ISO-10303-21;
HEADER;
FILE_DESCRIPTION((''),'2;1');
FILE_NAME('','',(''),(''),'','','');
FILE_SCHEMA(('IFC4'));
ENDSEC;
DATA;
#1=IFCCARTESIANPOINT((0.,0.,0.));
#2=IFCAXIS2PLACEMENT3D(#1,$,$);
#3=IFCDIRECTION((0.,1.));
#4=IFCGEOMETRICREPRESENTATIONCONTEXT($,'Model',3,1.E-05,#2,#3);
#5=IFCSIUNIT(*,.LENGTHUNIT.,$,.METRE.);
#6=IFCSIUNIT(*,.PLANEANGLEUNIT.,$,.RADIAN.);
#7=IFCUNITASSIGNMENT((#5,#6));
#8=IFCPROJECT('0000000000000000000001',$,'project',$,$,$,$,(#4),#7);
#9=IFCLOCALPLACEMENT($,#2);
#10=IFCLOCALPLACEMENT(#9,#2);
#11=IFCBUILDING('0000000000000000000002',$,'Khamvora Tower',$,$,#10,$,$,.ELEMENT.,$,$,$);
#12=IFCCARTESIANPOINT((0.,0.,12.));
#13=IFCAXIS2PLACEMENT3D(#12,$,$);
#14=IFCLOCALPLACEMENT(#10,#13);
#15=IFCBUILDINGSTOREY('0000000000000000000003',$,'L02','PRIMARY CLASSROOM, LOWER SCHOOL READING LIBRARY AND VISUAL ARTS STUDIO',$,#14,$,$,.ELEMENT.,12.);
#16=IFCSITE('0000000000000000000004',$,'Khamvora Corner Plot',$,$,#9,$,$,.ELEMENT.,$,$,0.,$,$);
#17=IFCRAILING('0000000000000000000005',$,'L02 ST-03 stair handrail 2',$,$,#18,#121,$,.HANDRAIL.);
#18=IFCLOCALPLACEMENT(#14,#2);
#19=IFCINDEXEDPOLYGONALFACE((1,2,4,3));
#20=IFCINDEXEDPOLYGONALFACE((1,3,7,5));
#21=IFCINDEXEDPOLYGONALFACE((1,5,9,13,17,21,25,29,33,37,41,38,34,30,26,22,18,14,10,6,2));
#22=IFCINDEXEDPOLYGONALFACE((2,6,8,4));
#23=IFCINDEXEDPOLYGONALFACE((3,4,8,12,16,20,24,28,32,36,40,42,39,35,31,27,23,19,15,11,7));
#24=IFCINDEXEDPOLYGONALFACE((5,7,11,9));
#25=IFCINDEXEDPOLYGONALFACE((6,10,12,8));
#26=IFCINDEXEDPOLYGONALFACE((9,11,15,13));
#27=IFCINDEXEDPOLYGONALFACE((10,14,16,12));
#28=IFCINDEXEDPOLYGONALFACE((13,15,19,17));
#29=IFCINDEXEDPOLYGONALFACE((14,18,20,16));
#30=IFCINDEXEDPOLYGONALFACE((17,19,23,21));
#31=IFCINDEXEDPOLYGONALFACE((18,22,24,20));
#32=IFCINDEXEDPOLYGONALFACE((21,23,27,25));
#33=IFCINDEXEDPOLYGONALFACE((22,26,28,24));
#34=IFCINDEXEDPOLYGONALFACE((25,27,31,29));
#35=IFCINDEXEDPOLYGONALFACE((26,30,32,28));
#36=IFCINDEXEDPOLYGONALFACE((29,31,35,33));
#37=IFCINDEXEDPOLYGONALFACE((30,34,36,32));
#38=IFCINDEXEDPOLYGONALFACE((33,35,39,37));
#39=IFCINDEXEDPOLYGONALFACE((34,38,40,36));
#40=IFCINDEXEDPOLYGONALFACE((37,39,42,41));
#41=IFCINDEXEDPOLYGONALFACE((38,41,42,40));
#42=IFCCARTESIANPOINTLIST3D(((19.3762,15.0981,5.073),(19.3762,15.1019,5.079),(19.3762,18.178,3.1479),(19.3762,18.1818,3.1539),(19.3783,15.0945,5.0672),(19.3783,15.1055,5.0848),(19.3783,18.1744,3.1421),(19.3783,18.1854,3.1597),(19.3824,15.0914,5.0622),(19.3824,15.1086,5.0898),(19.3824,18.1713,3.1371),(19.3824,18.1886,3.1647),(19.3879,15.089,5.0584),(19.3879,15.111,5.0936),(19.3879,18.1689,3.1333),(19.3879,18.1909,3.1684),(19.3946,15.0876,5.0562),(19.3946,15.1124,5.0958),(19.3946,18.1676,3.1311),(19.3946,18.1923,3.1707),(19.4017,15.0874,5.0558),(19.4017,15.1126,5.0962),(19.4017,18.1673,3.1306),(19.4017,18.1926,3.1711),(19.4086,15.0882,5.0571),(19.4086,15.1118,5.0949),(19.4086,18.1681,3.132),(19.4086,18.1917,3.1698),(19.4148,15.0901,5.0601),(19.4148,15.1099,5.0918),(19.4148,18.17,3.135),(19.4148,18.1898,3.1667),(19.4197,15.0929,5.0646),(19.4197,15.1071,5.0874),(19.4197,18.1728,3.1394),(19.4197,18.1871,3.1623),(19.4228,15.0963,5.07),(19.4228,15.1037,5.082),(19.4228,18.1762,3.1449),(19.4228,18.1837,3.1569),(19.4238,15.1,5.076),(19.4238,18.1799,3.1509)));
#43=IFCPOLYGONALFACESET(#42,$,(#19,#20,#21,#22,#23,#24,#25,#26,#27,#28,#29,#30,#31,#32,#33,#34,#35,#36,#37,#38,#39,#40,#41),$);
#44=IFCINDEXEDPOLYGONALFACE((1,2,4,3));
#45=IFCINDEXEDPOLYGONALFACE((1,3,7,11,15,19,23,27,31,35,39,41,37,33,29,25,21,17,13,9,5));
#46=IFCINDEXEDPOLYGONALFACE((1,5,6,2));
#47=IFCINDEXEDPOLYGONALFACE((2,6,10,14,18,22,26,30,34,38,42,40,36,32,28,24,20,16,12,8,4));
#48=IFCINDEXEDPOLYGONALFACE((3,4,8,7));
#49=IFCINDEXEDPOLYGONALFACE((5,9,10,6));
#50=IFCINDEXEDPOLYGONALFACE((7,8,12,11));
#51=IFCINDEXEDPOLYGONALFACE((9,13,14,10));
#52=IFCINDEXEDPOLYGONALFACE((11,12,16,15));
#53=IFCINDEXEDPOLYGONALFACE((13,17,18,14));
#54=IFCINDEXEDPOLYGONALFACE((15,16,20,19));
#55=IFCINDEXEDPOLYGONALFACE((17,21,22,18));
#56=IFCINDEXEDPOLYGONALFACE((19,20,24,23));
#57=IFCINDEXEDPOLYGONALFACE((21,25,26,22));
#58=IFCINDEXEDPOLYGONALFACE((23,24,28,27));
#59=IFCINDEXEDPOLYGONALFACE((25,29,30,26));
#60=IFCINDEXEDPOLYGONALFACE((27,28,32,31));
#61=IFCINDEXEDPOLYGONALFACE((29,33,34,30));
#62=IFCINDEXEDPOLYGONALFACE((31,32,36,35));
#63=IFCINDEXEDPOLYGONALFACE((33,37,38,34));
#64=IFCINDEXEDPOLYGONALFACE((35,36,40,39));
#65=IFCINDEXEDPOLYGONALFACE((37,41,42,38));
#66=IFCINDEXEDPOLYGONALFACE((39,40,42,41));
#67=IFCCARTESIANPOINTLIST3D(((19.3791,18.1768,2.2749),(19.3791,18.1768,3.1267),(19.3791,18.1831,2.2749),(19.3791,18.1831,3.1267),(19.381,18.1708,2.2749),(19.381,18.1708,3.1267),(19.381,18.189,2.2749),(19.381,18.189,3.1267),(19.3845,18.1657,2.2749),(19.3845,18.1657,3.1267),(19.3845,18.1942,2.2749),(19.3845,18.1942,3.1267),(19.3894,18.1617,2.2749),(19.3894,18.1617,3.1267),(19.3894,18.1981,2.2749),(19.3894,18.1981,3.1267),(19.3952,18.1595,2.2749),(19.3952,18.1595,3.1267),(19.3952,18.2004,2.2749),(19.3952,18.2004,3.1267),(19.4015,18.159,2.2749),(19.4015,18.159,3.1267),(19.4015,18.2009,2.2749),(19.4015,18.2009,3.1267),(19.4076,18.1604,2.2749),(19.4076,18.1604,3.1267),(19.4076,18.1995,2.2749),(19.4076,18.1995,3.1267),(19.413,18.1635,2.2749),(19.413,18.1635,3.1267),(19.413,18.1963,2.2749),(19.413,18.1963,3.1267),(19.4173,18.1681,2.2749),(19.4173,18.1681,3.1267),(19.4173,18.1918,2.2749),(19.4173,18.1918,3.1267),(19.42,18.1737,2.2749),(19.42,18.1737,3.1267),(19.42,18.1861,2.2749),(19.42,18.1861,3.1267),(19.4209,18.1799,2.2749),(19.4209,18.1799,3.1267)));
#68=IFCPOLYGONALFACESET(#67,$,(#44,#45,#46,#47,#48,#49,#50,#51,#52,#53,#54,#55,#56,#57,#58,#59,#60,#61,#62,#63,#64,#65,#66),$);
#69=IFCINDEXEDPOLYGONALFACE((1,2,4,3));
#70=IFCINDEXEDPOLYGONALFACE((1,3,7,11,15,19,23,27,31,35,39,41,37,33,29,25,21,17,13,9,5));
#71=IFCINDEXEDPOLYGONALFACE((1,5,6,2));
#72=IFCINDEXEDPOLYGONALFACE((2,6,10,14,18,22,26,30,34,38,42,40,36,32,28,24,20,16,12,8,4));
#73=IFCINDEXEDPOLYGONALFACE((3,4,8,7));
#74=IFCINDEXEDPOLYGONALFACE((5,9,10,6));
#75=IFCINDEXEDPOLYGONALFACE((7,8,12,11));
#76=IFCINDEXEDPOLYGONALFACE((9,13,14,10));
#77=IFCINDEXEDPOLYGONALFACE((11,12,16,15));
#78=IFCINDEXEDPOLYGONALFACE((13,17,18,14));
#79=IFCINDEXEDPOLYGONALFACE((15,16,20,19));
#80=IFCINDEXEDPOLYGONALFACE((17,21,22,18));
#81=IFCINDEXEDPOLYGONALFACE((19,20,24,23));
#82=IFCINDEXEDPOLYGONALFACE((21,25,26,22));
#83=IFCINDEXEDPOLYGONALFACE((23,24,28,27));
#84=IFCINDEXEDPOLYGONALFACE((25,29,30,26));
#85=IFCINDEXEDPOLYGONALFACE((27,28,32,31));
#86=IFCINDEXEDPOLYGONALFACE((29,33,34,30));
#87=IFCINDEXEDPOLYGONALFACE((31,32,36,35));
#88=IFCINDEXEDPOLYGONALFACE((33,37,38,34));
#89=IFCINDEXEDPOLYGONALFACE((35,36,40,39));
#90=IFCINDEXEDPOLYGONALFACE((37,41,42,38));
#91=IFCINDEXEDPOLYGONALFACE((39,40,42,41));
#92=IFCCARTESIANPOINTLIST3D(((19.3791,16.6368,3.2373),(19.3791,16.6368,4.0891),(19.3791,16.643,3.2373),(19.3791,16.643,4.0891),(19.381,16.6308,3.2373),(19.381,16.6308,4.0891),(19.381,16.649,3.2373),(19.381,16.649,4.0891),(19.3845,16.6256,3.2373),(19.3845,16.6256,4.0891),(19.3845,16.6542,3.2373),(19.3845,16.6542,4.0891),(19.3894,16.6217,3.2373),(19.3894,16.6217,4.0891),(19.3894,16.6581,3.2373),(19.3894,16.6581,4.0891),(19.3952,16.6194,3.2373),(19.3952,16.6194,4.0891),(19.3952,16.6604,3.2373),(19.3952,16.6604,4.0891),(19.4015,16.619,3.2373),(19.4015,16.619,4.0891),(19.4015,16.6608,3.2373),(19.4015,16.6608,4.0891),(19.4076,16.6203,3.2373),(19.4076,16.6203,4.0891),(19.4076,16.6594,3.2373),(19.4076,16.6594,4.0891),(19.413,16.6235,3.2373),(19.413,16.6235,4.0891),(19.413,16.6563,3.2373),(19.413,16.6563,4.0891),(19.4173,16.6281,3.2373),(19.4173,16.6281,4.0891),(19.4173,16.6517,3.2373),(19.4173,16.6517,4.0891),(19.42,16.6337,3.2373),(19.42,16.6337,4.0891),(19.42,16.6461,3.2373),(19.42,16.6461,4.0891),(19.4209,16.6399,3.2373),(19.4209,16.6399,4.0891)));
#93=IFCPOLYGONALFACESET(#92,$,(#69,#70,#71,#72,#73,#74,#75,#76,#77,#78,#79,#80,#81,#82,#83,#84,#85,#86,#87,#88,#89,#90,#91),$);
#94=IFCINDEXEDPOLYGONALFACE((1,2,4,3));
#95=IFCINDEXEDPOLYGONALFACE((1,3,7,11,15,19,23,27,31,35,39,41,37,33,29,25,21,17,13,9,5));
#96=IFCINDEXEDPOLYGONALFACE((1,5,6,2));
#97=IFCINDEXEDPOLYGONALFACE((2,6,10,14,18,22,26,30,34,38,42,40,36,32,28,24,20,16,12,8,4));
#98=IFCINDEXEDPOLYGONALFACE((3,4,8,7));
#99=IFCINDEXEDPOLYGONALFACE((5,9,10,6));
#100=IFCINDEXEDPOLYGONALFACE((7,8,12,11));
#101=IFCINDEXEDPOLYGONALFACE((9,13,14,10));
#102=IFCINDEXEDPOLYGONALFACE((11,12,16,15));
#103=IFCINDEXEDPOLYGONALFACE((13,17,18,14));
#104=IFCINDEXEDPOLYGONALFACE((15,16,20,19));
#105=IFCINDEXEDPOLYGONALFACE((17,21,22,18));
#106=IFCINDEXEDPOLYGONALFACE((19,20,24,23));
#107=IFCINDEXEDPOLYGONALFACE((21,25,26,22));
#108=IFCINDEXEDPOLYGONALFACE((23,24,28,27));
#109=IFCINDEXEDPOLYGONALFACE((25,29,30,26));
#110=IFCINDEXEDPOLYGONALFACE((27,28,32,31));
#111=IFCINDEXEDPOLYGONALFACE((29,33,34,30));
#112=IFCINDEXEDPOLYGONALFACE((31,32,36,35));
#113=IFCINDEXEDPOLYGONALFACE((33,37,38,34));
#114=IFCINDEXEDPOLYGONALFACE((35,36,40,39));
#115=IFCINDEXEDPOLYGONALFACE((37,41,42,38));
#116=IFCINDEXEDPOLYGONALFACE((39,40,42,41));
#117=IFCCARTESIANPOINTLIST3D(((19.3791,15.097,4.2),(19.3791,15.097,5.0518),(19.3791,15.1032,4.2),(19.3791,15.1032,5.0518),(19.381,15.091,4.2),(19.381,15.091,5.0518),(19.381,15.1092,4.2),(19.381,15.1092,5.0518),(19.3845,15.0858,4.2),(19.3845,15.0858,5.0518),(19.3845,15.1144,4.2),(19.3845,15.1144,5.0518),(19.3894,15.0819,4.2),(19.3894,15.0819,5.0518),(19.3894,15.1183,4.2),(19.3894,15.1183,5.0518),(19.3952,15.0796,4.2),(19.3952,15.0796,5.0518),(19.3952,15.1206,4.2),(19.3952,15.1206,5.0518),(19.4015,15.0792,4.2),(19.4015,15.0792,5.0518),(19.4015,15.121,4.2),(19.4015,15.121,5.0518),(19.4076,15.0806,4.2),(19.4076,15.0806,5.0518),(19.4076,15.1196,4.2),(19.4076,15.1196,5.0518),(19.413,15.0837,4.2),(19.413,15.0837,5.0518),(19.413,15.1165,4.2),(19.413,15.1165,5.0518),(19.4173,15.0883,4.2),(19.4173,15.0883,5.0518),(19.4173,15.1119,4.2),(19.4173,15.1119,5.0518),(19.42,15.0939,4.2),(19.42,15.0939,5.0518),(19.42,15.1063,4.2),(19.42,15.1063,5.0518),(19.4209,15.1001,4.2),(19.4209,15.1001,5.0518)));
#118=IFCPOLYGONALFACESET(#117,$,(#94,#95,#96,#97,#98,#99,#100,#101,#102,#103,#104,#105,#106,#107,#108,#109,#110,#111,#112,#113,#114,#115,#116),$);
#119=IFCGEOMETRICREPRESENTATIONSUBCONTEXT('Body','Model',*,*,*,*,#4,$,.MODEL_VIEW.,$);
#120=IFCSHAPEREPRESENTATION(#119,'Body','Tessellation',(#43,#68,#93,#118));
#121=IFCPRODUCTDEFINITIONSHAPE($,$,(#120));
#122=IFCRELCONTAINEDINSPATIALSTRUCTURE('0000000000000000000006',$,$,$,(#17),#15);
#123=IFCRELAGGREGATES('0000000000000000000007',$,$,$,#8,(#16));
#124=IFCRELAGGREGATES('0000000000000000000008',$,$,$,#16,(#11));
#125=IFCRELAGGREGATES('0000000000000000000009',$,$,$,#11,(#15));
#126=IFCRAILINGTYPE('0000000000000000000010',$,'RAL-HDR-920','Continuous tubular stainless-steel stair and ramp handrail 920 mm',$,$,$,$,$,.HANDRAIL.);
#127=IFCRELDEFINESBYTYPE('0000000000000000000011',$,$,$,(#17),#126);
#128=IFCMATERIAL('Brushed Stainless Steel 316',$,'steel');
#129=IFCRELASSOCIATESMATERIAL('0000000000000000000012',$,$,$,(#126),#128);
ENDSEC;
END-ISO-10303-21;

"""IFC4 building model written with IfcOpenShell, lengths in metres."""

from ifc_helpers import new_model, si_unit, direction, frame, origin, origin_2d, place, context, subcontext, project, spatial, circle, extrude, material, type_object, element, save


model = new_model("IFC4")

# Units and contexts
model_context = context("Model", 3, precision=1e-05, world=origin(), true_north=direction((0.0, 1.0)))
body_context = subcontext(model_context, "Body", "Model", "MODEL_VIEW")
ifc_project = project(units=[si_unit("LENGTHUNIT", "METRE"), si_unit("PLANEANGLEUNIT", "RADIAN")], contexts=[model_context])

# Site, building, storey
site_placement = place(None, origin())
site = spatial("IfcSite", under=ifc_project, at=site_placement, Name="Khamvora Corner Plot", CompositionType="ELEMENT", RefElevation=0.0)
building_placement = place(site_placement, origin())
building = spatial("IfcBuilding", under=site, at=building_placement, Name="Khamvora Tower", CompositionType="ELEMENT")
storey_placement = place(building_placement, frame((0.0, 0.0, 12.0)))
storey = spatial("IfcBuildingStorey", under=building, at=storey_placement, Name="L02", Description="PRIMARY CLASSROOM, LOWER SCHOOL READING LIBRARY AND VISUAL ARTS STUDIO", CompositionType="ELEMENT", Elevation=12.0)

# Railing
ifc_material_1 = material(Name="Brushed Stainless Steel 316", Category="steel")
railing_type_1 = type_object("IfcRailingType", Name="RAL-HDR-920", Description="Continuous tubular stainless-steel stair and ramp handrail 920 mm", PredefinedType="HANDRAIL", material=ifc_material_1)
railing_1_placement = place(storey_placement, frame((19.3999, 18.1799, 2.2749)))
element("IfcRailing", 1, at=railing_1_placement, inside=storey, type_object=railing_type_1, Name="L02 ST-03 stair handrail 2", PredefinedType="HANDRAIL", context=body_context, shape_type="SweptSolid", body=[
    extrude(circle(Radius=0.0239, at=origin_2d()), frame((0.0, 0.0, 0.876), z_axis=(0.0, -0.847979, 0.530029), x_axis=(1.0, 0.0, 0.0)), (0.0, 0.0, 1.0), 3.6321),
    extrude(circle(Radius=0.021, at=origin_2d()), origin(), (0.0, 0.0, 1.0), 0.8518),
    extrude(circle(Radius=0.021, at=origin_2d()), frame((0.0, -1.54, 0.9624)), (0.0, 0.0, 1.0), 0.8518),
    extrude(circle(Radius=0.021, at=origin_2d()), frame((0.0, -3.0798, 1.925)), (0.0, 0.0, 1.0), 0.8518),
])

save(model, "model.ifc")
